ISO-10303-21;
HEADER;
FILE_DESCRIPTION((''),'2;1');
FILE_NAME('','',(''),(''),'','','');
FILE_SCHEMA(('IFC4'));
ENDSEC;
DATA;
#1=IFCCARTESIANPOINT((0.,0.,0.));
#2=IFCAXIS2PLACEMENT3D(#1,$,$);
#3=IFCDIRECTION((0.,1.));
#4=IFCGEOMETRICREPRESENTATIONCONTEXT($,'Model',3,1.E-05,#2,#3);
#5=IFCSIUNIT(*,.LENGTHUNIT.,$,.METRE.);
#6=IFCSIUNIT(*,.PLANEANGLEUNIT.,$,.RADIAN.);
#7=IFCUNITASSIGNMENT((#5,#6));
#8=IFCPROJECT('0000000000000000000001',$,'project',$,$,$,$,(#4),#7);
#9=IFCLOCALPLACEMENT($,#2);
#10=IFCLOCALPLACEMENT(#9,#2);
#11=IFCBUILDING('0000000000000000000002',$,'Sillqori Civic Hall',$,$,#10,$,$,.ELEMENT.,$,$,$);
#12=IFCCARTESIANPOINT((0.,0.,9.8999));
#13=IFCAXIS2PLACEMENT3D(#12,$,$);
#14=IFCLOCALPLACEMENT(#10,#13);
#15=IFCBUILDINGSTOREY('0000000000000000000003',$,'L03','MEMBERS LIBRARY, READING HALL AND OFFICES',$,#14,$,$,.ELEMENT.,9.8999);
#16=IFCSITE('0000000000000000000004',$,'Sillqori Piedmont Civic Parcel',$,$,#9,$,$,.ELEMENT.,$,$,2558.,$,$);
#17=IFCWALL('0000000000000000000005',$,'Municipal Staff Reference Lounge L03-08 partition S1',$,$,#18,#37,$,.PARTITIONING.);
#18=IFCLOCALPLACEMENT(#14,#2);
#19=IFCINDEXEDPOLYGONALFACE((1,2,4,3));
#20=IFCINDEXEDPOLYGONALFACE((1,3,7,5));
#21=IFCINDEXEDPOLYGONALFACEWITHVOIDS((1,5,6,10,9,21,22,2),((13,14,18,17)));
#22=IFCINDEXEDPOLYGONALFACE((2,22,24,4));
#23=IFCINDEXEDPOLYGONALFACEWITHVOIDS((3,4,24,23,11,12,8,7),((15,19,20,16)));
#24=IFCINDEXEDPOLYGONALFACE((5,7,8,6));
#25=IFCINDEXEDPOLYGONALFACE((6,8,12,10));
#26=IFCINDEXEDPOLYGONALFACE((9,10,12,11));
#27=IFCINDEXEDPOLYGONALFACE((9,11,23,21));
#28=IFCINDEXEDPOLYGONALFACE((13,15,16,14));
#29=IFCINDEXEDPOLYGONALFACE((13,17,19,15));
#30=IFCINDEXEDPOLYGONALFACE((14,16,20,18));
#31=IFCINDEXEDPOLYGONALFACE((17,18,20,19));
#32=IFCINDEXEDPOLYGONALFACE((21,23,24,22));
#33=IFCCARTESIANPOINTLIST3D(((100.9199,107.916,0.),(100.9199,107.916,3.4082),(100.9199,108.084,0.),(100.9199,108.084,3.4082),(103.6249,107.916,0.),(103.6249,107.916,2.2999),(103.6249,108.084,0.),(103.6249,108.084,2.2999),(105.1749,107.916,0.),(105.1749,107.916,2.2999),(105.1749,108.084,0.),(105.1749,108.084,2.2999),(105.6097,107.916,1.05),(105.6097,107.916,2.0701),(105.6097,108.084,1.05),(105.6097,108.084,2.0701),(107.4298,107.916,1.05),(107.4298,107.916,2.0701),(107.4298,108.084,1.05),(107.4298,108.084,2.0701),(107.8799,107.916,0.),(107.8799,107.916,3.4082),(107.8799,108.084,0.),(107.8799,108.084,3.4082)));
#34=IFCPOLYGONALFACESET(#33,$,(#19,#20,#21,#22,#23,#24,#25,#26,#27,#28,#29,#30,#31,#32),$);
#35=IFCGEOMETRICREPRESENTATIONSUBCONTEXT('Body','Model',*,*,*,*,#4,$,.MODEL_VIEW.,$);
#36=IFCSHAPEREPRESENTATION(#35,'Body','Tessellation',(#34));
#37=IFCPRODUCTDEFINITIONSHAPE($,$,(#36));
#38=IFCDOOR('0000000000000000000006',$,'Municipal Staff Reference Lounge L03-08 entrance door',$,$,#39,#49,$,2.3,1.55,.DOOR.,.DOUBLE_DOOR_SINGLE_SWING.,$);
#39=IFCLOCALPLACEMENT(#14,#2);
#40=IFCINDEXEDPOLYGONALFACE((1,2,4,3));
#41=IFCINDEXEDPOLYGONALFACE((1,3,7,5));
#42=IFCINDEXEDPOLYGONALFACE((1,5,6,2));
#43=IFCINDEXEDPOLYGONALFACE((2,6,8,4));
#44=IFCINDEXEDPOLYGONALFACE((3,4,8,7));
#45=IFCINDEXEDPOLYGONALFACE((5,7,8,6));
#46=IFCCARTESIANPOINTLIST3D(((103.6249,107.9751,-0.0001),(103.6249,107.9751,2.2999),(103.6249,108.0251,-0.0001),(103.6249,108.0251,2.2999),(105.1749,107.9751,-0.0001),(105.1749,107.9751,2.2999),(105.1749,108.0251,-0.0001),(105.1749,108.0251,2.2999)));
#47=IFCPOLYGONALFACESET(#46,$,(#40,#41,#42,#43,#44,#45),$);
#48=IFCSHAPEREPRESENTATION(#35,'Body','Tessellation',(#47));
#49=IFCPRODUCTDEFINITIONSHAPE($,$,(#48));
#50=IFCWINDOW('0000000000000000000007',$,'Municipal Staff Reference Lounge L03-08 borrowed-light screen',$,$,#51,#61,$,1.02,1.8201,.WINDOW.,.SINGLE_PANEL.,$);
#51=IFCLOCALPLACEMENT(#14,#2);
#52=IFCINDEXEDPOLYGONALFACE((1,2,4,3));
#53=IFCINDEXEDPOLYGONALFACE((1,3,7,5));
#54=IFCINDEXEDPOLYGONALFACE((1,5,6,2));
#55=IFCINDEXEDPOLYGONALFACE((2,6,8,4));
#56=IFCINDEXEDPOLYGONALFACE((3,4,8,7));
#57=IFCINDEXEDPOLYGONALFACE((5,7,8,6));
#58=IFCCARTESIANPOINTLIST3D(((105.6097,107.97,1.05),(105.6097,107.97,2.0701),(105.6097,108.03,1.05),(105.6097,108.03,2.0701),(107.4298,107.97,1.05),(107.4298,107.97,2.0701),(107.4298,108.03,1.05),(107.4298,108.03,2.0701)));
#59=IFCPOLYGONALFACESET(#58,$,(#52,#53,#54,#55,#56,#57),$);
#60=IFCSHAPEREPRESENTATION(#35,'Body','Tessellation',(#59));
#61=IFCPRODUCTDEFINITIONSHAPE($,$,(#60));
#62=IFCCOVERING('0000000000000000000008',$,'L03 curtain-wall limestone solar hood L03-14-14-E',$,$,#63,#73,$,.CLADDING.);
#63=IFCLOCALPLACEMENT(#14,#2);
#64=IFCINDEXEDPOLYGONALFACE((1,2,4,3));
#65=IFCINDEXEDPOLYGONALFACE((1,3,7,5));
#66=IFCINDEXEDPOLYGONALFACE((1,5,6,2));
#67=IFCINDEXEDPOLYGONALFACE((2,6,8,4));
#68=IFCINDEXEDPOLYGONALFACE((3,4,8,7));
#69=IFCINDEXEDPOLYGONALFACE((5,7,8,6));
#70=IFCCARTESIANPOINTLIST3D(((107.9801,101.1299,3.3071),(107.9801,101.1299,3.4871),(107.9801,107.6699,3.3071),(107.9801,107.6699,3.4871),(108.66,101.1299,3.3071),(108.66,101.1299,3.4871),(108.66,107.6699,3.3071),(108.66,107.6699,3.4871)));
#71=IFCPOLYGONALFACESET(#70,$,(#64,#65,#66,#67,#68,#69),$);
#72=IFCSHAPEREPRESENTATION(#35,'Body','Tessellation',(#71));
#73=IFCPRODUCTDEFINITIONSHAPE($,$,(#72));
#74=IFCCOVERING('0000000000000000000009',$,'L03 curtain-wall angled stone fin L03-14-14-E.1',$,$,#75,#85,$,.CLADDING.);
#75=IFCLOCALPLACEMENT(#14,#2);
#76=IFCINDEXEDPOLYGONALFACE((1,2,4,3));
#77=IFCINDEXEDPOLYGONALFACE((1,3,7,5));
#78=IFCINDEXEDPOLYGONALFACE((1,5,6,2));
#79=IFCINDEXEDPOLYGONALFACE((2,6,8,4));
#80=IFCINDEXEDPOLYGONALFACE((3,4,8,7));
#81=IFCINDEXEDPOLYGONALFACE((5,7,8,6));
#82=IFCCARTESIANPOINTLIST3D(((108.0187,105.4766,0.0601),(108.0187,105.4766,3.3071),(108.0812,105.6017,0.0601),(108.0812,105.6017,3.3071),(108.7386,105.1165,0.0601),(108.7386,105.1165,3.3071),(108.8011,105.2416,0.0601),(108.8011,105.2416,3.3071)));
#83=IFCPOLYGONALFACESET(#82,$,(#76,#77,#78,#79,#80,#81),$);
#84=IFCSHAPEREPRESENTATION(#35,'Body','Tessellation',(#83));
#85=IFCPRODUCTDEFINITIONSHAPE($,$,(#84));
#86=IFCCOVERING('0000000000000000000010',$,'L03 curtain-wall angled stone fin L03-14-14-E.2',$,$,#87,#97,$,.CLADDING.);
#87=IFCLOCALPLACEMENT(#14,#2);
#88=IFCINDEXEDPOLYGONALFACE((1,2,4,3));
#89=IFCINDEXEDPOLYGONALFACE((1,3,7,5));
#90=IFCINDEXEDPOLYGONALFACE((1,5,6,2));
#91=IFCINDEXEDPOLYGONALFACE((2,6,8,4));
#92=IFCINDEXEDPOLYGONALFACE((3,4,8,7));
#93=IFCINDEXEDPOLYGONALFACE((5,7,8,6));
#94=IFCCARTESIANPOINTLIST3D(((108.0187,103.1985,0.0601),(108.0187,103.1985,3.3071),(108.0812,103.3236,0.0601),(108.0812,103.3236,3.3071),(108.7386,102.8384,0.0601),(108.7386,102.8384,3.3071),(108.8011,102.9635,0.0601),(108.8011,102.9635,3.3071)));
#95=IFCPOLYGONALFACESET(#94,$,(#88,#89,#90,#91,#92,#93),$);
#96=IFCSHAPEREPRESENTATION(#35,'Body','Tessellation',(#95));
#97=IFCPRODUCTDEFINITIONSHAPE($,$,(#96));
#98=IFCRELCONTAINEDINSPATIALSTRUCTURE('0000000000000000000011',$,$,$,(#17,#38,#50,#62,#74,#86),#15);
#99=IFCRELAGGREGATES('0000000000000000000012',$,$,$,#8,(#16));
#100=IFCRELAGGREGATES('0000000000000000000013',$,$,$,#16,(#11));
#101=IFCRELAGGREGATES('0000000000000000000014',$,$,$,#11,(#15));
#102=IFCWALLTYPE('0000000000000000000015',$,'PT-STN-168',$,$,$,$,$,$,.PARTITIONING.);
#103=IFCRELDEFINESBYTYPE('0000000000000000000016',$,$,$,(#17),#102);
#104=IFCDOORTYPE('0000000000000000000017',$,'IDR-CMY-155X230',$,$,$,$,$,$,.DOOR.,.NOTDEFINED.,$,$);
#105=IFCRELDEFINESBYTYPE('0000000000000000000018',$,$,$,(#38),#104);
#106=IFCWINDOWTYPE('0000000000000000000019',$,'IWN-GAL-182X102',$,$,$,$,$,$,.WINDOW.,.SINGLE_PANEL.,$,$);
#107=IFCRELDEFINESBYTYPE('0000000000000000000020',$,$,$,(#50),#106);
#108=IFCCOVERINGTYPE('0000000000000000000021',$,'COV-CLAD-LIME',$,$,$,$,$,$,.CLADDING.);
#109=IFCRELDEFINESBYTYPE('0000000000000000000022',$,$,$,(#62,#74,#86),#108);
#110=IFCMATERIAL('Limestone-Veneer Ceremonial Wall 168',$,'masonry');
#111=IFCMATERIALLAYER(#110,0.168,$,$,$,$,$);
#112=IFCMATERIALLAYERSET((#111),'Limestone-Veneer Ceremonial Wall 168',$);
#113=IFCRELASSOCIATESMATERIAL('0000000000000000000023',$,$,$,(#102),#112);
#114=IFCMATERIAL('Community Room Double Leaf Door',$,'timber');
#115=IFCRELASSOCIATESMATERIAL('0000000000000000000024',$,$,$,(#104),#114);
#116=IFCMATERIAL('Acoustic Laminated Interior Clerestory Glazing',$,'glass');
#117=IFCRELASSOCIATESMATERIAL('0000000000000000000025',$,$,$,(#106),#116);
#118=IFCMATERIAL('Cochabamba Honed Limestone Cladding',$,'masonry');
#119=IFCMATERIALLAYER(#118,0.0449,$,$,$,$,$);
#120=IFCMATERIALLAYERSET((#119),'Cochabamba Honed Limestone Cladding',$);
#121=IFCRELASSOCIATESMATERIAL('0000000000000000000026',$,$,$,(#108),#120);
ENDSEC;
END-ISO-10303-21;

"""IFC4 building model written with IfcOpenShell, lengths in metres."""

from ifc_helpers import new_model, si_unit, direction, frame, frame_2d, origin, place, context, subcontext, project, spatial, rectangle, extrude, material, layer, layer_set, type_object, element, fill, save


model = new_model("IFC4")

# Units and contexts
model_context = context("Model", 3, precision=1e-05, world=origin(), true_north=direction((0.0, 1.0)))
body_context = subcontext(model_context, "Body", "Model", "MODEL_VIEW")
ifc_project = project(units=[si_unit("LENGTHUNIT", "METRE"), si_unit("PLANEANGLEUNIT", "RADIAN")], contexts=[model_context])

# Site, building, storey
site_placement = place(None, origin())
site = spatial("IfcSite", under=ifc_project, at=site_placement, Name="Sillqori Piedmont Civic Parcel", CompositionType="ELEMENT", RefElevation=2558.0)
building_placement = place(site_placement, origin())
building = spatial("IfcBuilding", under=site, at=building_placement, Name="Sillqori Civic Hall", CompositionType="ELEMENT")
storey_placement = place(building_placement, frame((0.0, 0.0, 9.8999)))
storey = spatial("IfcBuildingStorey", under=building, at=storey_placement, Name="L03", Description="MEMBERS LIBRARY, READING HALL AND OFFICES", CompositionType="ELEMENT", Elevation=9.8999)

# Wall, openings, door, window
ifc_material_1 = material(Name="Limestone-Veneer Ceremonial Wall 168", Category="masonry")
ifc_layer_1 = layer(ifc_material_1, 0.168)
ifc_layer_set_1 = layer_set([ifc_layer_1], Name="Limestone-Veneer Ceremonial Wall 168")
wall_type = type_object("IfcWallType", Name="PT-STN-168", PredefinedType="PARTITIONING", material=ifc_layer_set_1)
wall_placement = place(storey_placement, frame((107.8799, 108.0, 0.0), z_axis=(0.0, 0.0, 1.0), x_axis=(-1.0, 0.0, 0.0)))
wall = element("IfcWall", 1, at=wall_placement, inside=storey, type_object=wall_type, Name="Municipal Staff Reference Lounge L03-08 partition S1", PredefinedType="PARTITIONING", context=body_context, shape_type="SweptSolid", body=[
    extrude(rectangle(XDim=6.96, YDim=0.168, at=frame_2d((3.48, 0.0))), origin(), (0.0, 0.0, 1.0), 3.4082),
])
opening_1_placement = place(wall_placement, frame((2.7051, 0.0, 0.0)))
opening_1 = element("IfcOpeningElement", 2, at=opening_1_placement, cuts=wall, PredefinedType="OPENING", context=body_context, shape_type="SweptSolid", body=[
    extrude(rectangle(XDim=1.55, YDim=2.3, at=frame_2d((0.7749, 1.1499))), frame((0.0, 0.094, 0.0), z_axis=(0.0, -1.0, 0.0), x_axis=(1.0, 0.0, 0.0)), (0.0, 0.0, 1.0), 0.188),
])
opening_2_placement = place(wall_placement, frame((0.45, 0.0, 1.05)))
opening_2 = element("IfcOpeningElement", 3, at=opening_2_placement, cuts=wall, PredefinedType="OPENING", context=body_context, shape_type="SweptSolid", body=[
    extrude(rectangle(XDim=1.8201, YDim=1.02, at=frame_2d((0.9102, 0.51))), frame((0.0, 0.094, 0.0), z_axis=(0.0, -1.0, 0.0), x_axis=(1.0, 0.0, 0.0)), (0.0, 0.0, 1.0), 0.188),
])
ifc_material_2 = material(Name="Community Room Double Leaf Door", Category="timber")
door_type = type_object("IfcDoorType", Name="IDR-CMY-155X230", OperationType="NOTDEFINED", PredefinedType="DOOR", material=ifc_material_2)
door_placement = place(opening_1_placement, origin())
door = element("IfcDoor", 4, at=door_placement, inside=storey, type_object=door_type, Name="Municipal Staff Reference Lounge L03-08 entrance door", OperationType="DOUBLE_DOOR_SINGLE_SWING", OverallHeight=2.3, OverallWidth=1.55, PredefinedType="DOOR", context=body_context, shape_type="SweptSolid", body=[
    extrude(rectangle(XDim=1.55, YDim=2.3, at=frame_2d((0.7749, 1.1499))), frame((0.0, 0.0249, 0.0), z_axis=(0.0, -1.0, 0.0), x_axis=(1.0, 0.0, 0.0)), (0.0, 0.0, 1.0), 0.05),
])
fill(opening_1, door)
ifc_material_3 = material(Name="Acoustic Laminated Interior Clerestory Glazing", Category="glass")
window_type = type_object("IfcWindowType", Name="IWN-GAL-182X102", PartitioningType="SINGLE_PANEL", PredefinedType="WINDOW", material=ifc_material_3)
window_placement = place(opening_2_placement, origin())
window = element("IfcWindow", 5, at=window_placement, inside=storey, type_object=window_type, Name="Municipal Staff Reference Lounge L03-08 borrowed-light screen", OverallHeight=1.02, OverallWidth=1.8201, PartitioningType="SINGLE_PANEL", PredefinedType="WINDOW", context=body_context, shape_type="SweptSolid", body=[
    extrude(rectangle(XDim=1.8201, YDim=1.02, at=frame_2d((0.9102, 0.51))), frame((0.0, 0.03, 0.0), z_axis=(0.0, -1.0, 0.0), x_axis=(1.0, 0.0, 0.0)), (0.0, 0.0, 1.0), 0.0601),
])
fill(opening_2, window)

# Coverings
ifc_material_4 = material(Name="Cochabamba Honed Limestone Cladding", Category="masonry")
ifc_layer_2 = layer(ifc_material_4, 0.0449)
ifc_layer_set_2 = layer_set([ifc_layer_2], Name="Cochabamba Honed Limestone Cladding")
covering_type = type_object("IfcCoveringType", Name="COV-CLAD-LIME", PredefinedType="CLADDING", material=ifc_layer_set_2)
covering_placement = place(storey_placement, frame((108.3201, 107.6699, 3.3071), z_axis=(0.0, 0.0, 1.0), x_axis=(0.0, -1.0, 0.0)))
element("IfcCovering", 6, at=covering_placement, inside=storey, type_object=covering_type, Name="L03 curtain-wall limestone solar hood L03-14-14-E", PredefinedType="CLADDING", context=body_context, shape_type="SweptSolid", body=[
    extrude(rectangle(XDim=6.54, YDim=0.6799, at=frame_2d((3.27, 0.0))), origin(), (0.0, 0.0, 1.0), 0.1799),
])
for number, where, z_axis, x_axis, name in (
    (7, (108.05, 105.5391, 0.0601), (0.0, 0.0, 1.0), (0.894367, -0.447335, 0.0), "L03 curtain-wall angled stone fin L03-14-14-E.1"),
    (8, (108.05, 103.261, 0.0601), (0.0, 0.0, 1.0), (0.894367, -0.447335, 0.0), "L03 curtain-wall angled stone fin L03-14-14-E.2"),
):
    element("IfcCovering", number, at=place(storey_placement, frame(where, z_axis=z_axis, x_axis=x_axis)), inside=storey, type_object=covering_type, Name=name, PredefinedType="CLADDING", context=body_context, shape_type="SweptSolid", body=[
        extrude(rectangle(XDim=0.8049, YDim=0.1399, at=frame_2d((0.4023, 0.0))), origin(), (0.0, 0.0, 1.0), 3.2471),
    ])

save(model, "model.ifc")
